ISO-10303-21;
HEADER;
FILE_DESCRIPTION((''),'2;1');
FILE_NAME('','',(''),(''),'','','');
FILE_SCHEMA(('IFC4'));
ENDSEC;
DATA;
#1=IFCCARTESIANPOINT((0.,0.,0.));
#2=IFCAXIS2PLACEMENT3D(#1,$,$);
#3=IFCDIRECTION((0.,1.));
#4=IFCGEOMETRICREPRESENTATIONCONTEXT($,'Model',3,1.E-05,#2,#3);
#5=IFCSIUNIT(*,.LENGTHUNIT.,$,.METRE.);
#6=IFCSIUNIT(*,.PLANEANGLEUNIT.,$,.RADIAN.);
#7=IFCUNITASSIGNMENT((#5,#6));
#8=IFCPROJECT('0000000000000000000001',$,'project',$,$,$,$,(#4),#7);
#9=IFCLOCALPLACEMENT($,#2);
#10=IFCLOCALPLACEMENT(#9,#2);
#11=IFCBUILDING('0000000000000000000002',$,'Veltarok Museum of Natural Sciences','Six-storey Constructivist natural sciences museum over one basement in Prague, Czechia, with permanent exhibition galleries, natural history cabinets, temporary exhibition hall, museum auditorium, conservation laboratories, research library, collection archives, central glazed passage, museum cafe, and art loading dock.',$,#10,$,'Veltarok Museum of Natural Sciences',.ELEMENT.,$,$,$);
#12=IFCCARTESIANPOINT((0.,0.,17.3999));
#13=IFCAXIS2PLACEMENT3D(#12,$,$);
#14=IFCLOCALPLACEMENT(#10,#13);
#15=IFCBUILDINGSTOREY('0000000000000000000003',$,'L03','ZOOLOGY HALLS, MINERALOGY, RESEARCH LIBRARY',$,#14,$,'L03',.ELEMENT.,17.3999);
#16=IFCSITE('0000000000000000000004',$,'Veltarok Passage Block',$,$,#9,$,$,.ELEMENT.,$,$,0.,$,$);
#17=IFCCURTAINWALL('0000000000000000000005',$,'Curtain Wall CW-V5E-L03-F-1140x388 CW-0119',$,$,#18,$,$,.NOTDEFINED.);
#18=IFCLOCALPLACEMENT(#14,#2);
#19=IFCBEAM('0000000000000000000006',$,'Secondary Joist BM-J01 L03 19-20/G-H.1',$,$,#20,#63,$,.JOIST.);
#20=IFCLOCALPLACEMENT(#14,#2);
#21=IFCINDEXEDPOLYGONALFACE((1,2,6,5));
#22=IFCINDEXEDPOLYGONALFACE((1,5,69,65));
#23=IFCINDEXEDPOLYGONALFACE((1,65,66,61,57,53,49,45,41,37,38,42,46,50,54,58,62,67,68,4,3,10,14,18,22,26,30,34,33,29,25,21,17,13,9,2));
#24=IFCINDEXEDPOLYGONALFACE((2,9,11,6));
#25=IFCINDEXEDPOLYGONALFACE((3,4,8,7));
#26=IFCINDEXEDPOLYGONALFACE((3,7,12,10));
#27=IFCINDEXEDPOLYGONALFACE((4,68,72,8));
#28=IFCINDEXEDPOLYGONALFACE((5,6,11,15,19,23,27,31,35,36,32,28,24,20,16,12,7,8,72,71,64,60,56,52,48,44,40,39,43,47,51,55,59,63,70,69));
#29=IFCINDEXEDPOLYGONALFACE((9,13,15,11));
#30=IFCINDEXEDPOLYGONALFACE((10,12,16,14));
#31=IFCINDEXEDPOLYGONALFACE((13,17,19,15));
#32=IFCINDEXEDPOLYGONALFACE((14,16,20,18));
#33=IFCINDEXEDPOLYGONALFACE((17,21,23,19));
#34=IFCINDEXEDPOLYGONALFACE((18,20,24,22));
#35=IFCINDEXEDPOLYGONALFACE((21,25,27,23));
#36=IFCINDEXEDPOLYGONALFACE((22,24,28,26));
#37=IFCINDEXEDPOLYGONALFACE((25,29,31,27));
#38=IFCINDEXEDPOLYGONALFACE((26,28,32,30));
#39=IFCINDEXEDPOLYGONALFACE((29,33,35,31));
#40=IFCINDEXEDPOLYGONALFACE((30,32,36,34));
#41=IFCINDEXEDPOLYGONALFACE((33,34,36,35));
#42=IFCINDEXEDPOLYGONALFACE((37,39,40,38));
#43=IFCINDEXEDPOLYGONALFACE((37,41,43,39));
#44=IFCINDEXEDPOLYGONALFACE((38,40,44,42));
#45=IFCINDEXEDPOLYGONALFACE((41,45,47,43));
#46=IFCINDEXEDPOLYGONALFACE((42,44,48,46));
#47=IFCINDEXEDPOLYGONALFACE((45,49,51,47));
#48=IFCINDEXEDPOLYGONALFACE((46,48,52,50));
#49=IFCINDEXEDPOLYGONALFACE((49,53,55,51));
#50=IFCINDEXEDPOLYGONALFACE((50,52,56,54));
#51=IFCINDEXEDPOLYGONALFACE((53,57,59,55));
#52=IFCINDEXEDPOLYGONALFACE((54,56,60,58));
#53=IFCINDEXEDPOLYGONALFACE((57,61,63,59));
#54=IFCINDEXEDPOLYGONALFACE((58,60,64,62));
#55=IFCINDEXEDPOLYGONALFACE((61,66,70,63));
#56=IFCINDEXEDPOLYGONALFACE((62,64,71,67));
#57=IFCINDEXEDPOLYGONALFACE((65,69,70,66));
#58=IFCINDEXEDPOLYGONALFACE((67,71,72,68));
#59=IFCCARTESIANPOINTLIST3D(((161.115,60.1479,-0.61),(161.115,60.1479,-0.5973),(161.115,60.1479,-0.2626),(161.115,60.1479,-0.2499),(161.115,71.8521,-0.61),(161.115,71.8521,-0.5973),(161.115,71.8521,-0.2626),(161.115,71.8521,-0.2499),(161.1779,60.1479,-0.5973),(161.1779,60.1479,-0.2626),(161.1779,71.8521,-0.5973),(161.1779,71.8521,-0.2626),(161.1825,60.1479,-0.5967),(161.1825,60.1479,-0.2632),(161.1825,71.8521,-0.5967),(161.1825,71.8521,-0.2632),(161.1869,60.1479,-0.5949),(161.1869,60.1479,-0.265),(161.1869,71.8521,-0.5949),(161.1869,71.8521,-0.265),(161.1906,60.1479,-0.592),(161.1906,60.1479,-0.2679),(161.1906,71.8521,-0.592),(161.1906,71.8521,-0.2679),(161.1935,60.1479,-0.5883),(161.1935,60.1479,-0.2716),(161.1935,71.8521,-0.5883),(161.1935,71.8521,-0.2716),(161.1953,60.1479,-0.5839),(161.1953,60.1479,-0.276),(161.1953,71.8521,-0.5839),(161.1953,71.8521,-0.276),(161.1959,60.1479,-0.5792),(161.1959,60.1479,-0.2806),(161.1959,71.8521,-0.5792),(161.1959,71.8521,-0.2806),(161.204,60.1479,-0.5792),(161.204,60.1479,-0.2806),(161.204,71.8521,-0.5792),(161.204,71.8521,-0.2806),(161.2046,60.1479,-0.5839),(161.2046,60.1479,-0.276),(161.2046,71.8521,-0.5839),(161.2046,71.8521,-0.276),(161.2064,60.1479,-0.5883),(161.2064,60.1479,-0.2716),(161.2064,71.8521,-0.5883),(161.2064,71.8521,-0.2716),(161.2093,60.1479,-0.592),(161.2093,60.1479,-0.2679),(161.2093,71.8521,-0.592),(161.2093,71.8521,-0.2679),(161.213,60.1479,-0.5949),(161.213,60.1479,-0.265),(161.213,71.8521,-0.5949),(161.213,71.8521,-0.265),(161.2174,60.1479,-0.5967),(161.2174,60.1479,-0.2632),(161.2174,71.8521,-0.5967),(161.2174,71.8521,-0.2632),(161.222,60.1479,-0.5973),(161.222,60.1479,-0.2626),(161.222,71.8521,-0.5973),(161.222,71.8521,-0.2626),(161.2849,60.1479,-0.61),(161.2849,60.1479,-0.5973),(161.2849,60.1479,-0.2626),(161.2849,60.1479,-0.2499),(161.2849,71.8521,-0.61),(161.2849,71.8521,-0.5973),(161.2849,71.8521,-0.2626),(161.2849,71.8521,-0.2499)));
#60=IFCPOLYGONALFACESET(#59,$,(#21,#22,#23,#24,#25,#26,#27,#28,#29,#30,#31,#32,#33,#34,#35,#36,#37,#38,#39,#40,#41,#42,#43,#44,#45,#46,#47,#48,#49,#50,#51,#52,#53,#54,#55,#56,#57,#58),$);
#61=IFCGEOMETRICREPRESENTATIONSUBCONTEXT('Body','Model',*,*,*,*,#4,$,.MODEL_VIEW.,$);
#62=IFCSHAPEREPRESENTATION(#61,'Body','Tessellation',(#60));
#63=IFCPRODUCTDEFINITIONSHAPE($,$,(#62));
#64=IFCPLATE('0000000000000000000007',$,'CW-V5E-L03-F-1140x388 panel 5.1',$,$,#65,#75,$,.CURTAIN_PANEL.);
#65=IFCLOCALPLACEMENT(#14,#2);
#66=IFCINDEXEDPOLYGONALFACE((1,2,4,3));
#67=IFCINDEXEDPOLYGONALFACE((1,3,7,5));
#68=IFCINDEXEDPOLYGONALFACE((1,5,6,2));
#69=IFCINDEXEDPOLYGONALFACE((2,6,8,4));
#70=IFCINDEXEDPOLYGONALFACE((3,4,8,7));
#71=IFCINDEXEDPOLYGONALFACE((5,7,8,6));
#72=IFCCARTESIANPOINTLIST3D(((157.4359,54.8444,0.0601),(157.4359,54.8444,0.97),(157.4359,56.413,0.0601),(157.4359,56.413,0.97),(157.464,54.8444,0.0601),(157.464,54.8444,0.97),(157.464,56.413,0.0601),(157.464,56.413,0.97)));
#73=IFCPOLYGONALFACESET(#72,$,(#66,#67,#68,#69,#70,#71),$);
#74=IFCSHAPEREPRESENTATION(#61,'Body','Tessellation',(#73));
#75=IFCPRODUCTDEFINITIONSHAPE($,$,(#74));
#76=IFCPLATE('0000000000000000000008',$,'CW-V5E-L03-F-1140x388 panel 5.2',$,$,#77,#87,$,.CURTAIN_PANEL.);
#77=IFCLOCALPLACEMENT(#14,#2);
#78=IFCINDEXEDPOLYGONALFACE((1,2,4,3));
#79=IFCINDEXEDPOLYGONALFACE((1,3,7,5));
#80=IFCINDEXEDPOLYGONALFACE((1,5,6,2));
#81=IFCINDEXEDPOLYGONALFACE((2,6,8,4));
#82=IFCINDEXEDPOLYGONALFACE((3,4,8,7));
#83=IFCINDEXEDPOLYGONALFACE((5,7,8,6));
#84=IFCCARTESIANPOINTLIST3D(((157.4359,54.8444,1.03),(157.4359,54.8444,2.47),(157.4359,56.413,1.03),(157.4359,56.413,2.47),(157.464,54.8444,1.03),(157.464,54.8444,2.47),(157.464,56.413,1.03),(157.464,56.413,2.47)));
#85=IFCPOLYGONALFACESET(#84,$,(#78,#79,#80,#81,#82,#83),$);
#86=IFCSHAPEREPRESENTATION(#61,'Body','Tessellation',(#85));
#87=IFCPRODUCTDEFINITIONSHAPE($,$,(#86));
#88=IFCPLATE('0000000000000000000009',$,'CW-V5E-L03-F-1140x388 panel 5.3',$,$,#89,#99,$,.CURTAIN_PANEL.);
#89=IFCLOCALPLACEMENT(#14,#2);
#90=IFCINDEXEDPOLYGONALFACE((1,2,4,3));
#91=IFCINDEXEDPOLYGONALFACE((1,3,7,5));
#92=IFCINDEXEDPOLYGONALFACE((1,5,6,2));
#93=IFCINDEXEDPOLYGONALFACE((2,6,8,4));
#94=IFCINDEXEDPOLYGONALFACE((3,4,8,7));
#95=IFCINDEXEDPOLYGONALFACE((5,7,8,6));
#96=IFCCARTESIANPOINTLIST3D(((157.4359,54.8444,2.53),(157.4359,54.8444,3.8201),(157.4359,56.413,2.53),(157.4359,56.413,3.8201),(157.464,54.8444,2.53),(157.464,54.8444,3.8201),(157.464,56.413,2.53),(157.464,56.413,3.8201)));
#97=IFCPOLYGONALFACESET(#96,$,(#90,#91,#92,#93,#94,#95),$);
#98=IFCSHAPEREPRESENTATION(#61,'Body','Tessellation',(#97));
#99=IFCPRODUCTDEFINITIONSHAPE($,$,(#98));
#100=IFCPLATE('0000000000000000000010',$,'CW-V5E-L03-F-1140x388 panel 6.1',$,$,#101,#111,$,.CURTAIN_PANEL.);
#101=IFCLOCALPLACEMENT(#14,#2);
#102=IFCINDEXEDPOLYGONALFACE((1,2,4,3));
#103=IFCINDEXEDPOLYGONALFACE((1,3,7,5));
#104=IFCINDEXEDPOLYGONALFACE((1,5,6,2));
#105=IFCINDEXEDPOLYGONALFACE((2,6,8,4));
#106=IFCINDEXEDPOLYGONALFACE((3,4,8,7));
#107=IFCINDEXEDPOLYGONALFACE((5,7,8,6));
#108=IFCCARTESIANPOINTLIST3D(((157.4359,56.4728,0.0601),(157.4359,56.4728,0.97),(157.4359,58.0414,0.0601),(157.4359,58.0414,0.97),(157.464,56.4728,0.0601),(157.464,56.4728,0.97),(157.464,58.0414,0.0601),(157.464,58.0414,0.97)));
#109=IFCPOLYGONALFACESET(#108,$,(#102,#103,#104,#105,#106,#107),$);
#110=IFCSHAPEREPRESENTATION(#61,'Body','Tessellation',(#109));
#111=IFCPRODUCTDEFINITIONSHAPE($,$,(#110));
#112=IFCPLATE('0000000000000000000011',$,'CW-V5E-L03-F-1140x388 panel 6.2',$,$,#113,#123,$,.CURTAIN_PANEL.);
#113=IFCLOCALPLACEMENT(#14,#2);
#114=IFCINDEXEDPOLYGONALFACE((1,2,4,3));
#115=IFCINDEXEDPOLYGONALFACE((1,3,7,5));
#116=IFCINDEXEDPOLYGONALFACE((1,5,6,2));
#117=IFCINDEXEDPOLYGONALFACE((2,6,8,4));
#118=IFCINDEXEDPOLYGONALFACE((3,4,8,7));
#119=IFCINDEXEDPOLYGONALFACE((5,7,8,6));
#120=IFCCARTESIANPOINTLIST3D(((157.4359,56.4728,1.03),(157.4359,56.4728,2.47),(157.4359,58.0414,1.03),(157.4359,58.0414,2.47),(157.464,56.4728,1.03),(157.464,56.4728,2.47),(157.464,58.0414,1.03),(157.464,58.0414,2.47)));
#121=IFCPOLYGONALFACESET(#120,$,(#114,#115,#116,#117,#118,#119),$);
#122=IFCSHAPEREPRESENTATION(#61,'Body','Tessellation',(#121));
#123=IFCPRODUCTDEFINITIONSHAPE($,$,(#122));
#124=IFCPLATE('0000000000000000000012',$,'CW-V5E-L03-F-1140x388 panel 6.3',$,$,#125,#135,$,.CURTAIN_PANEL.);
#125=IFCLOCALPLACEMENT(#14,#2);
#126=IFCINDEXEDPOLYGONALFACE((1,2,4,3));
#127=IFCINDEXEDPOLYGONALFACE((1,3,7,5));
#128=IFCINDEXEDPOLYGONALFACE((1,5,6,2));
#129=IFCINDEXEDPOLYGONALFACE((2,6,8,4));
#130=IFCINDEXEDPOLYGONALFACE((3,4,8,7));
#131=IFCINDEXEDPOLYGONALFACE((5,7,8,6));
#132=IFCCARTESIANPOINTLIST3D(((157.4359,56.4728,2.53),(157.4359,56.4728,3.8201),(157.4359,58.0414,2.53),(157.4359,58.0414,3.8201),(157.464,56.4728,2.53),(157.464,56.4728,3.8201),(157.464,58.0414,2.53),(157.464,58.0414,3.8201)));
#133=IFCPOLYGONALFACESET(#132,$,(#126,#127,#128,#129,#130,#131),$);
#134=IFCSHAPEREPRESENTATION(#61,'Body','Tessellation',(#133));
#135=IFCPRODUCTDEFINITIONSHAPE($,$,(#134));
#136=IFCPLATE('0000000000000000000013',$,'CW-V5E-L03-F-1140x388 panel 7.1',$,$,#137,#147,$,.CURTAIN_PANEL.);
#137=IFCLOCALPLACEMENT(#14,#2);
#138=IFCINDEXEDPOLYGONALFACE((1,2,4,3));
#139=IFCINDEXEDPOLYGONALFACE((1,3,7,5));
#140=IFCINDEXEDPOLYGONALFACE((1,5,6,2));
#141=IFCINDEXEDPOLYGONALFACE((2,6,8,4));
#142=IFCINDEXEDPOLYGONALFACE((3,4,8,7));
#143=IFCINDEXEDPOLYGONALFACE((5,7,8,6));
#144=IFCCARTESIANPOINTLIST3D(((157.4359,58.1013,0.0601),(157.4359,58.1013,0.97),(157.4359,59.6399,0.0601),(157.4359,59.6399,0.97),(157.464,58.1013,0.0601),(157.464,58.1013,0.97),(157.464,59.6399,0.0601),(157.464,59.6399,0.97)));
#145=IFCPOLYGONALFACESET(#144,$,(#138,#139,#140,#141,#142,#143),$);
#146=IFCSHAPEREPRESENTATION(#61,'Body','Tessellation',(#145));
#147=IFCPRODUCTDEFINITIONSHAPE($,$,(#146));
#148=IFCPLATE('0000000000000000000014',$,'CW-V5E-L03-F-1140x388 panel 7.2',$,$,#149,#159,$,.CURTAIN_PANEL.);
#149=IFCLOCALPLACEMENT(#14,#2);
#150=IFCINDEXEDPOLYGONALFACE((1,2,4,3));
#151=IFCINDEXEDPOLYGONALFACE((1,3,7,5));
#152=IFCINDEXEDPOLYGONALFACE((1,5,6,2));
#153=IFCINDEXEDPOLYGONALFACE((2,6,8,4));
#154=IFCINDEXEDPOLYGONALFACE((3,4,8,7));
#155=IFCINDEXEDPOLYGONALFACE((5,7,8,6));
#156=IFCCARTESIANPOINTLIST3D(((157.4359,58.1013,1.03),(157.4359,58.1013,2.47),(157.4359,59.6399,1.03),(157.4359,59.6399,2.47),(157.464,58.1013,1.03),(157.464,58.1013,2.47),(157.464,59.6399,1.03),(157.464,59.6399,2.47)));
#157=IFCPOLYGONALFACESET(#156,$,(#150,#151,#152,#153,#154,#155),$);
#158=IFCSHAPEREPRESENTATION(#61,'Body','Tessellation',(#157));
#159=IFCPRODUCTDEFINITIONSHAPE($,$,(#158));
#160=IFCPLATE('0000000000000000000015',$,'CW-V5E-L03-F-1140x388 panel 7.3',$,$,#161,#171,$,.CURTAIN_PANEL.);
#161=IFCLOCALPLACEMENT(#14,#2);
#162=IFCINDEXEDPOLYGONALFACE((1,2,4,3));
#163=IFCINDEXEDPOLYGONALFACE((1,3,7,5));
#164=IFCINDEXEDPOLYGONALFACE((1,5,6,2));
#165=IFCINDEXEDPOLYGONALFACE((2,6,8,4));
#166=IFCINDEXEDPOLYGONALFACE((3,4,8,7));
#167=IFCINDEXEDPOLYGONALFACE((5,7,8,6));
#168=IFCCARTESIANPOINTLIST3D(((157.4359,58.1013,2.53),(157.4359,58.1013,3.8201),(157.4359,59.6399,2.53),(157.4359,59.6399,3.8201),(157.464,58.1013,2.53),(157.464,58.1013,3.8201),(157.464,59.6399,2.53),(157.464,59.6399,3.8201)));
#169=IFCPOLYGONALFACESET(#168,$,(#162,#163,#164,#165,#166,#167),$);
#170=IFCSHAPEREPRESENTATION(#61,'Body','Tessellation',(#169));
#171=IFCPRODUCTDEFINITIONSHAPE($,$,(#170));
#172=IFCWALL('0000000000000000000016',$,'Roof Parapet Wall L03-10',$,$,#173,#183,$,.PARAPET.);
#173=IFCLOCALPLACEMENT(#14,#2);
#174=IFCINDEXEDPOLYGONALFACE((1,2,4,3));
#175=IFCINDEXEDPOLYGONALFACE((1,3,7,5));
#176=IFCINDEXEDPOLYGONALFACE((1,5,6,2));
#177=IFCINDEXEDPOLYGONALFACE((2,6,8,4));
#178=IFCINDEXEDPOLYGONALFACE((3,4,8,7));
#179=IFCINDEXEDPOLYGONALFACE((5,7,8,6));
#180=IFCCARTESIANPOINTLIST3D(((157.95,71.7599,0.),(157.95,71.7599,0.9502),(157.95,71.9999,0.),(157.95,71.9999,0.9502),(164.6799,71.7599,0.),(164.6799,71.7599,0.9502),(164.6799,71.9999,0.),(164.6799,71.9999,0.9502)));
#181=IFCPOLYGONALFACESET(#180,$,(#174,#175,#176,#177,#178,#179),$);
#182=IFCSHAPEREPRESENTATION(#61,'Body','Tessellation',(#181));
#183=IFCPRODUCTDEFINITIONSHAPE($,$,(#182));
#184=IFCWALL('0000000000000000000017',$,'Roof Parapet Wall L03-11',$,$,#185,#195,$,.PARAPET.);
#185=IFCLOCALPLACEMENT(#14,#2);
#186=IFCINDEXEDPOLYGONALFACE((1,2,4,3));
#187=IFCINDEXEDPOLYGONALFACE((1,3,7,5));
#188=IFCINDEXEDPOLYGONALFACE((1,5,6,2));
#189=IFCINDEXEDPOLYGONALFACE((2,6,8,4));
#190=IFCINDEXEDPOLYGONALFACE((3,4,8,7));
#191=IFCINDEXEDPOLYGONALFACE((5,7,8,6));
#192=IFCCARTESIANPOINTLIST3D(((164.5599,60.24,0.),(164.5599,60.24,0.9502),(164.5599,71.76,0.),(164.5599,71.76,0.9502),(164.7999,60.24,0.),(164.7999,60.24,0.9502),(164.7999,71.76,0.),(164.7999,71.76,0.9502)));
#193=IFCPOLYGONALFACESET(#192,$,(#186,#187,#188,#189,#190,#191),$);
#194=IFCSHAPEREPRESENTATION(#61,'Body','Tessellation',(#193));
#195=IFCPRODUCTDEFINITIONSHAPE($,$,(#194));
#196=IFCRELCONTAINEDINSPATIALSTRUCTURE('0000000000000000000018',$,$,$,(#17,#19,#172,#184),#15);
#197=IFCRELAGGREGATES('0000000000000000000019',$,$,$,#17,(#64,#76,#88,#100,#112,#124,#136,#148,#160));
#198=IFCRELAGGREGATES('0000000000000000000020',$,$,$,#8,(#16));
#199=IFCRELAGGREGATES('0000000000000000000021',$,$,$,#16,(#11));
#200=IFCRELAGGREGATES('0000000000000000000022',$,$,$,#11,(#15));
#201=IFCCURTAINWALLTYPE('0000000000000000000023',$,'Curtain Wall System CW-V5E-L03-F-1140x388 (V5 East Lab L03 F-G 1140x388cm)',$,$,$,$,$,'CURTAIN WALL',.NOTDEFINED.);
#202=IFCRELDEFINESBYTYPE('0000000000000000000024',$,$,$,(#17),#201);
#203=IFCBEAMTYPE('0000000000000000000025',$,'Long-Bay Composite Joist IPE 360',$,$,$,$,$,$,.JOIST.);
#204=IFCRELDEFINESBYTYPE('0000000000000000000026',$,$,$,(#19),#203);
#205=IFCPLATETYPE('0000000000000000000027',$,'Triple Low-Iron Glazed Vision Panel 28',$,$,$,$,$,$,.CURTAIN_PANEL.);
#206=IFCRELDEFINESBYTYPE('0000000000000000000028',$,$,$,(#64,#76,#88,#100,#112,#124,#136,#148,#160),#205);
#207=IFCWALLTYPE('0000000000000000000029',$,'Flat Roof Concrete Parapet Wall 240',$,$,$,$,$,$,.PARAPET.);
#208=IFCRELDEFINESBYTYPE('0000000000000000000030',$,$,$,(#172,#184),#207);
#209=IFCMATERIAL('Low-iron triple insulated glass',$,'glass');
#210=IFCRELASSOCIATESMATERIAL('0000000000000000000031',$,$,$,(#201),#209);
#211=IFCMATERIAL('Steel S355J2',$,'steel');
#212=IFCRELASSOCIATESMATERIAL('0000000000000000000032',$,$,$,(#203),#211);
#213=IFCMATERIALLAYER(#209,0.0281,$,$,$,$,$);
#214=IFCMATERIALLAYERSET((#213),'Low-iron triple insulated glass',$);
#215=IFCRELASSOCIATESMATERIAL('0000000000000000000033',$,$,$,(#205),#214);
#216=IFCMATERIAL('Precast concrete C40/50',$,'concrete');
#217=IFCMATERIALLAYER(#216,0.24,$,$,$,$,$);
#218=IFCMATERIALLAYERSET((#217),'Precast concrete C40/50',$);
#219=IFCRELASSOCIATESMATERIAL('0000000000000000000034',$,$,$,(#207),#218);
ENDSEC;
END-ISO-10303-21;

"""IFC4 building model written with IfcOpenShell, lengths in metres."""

from ifc_helpers import new_model, si_unit, direction, frame, frame_2d, origin, origin_2d, place, context, subcontext, project, spatial, rectangle, i_section, extrude, material, layer, layer_set, material_profile, profile_set, type_object, element, aggregate, save


model = new_model("IFC4")

# Units and contexts
model_context = context("Model", 3, precision=1e-05, world=origin(), true_north=direction((0.0, 1.0)))
body_context = subcontext(model_context, "Body", "Model", "MODEL_VIEW")
ifc_project = project(units=[si_unit("LENGTHUNIT", "METRE"), si_unit("PLANEANGLEUNIT", "RADIAN")], contexts=[model_context])

# Site, building, storey
site_placement = place(None, origin())
site = spatial("IfcSite", under=ifc_project, at=site_placement, Name="Veltarok Passage Block", CompositionType="ELEMENT", RefElevation=0.0)
building_placement = place(site_placement, origin())
building = spatial("IfcBuilding", under=site, at=building_placement, Name="Veltarok Museum of Natural Sciences", Description="Six-storey Constructivist natural sciences museum over one basement in Prague, Czechia, with permanent exhibition galleries, natural history cabinets, temporary exhibition hall, museum auditorium, conservation laboratories, research library, collection archives, central glazed passage, museum cafe, and art loading dock.", LongName="Veltarok Museum of Natural Sciences", CompositionType="ELEMENT")
storey_placement = place(building_placement, frame((0.0, 0.0, 17.3999)))
storey = spatial("IfcBuildingStorey", under=building, at=storey_placement, Name="L03", Description="ZOOLOGY HALLS, MINERALOGY, RESEARCH LIBRARY", LongName="L03", CompositionType="ELEMENT", Elevation=17.3999)

# Shared definitions
ifc_material_1 = material(Name="Steel S355J2", Category="steel")

# Curtain wall
ifc_material_2 = material(Name="Low-iron triple insulated glass", Category="glass")
curtain_wall_type = type_object("IfcCurtainWallType", Name="Curtain Wall System CW-V5E-L03-F-1140x388 (V5 East Lab L03 F-G 1140x388cm)", ElementType="CURTAIN WALL", PredefinedType="NOTDEFINED", material=ifc_material_2)
curtain_wall_placement = place(storey_placement, origin())
curtain_wall = element("IfcCurtainWall", 1, at=curtain_wall_placement, inside=storey, type_object=curtain_wall_type, Name="Curtain Wall CW-V5E-L03-F-1140x388 CW-0119", PredefinedType="NOTDEFINED")

# Beam
ifc_material_3 = material(Name="Precast concrete C40/50", Category="concrete")
ifc_material_profile_1 = material_profile(ifc_material_1, i_section(OverallWidth=0.1699, OverallDepth=0.3601, WebThickness=0.0081, FlangeThickness=0.0127, FilletRadius=0.0181, at=origin_2d()), Name="IPE 360")
ifc_profile_set_1 = profile_set([ifc_material_profile_1], Name="Steel S355J2")
beam_type_1 = type_object("IfcBeamType", Name="Long-Bay Composite Joist IPE 360", PredefinedType="JOIST", material=ifc_profile_set_1)
beam_placement = place(storey_placement, frame((161.2, 60.1479, -0.4299), z_axis=(0.0, 1.0, 0.0), x_axis=(-1.0, 0.0, 0.0)))
element("IfcBeam", 2, at=beam_placement, inside=storey, type_object=beam_type_1, Name="Secondary Joist BM-J01 L03 19-20/G-H.1", PredefinedType="JOIST", context=body_context, shape_type="SweptSolid", body=[
    extrude(i_section(OverallWidth=0.1699, OverallDepth=0.3601, WebThickness=0.0081, FlangeThickness=0.0127, FilletRadius=0.0181, at=origin_2d()), origin(), (0.0, 0.0, 1.0), 11.7041),
])

# Plates
ifc_layer_1 = layer(ifc_material_2, 0.0281)
ifc_layer_set_1 = layer_set([ifc_layer_1], Name="Low-iron triple insulated glass")
plate_type = type_object("IfcPlateType", Name="Triple Low-Iron Glazed Vision Panel 28", PredefinedType="CURTAIN_PANEL", material=ifc_layer_set_1)
plate_1_placement = place(storey_placement, frame((157.45, 55.6287, 0.0601), z_axis=(0.0, 0.0, 1.0), x_axis=(0.0, 1.0, 0.0)))
plate_1 = element("IfcPlate", 3, at=plate_1_placement, type_object=plate_type, Name="CW-V5E-L03-F-1140x388 panel 5.1", PredefinedType="CURTAIN_PANEL", context=body_context, shape_type="SweptSolid", body=[
    extrude(rectangle(XDim=1.5686, YDim=0.0281, at=origin_2d()), origin(), (0.0, 0.0, 1.0), 0.9099),
])
plate_2_placement = place(storey_placement, frame((157.45, 55.6287, 1.03), z_axis=(0.0, 0.0, 1.0), x_axis=(0.0, 1.0, 0.0)))
plate_2 = element("IfcPlate", 4, at=plate_2_placement, type_object=plate_type, Name="CW-V5E-L03-F-1140x388 panel 5.2", PredefinedType="CURTAIN_PANEL", context=body_context, shape_type="SweptSolid", body=[
    extrude(rectangle(XDim=1.5686, YDim=0.0281, at=origin_2d()), origin(), (0.0, 0.0, 1.0), 1.4399),
])
plate_3_placement = place(storey_placement, frame((157.45, 55.6287, 2.53), z_axis=(0.0, 0.0, 1.0), x_axis=(0.0, 1.0, 0.0)))
plate_3 = element("IfcPlate", 5, at=plate_3_placement, type_object=plate_type, Name="CW-V5E-L03-F-1140x388 panel 5.3", PredefinedType="CURTAIN_PANEL", context=body_context, shape_type="SweptSolid", body=[
    extrude(rectangle(XDim=1.5686, YDim=0.0281, at=origin_2d()), origin(), (0.0, 0.0, 1.0), 1.29),
])
plate_4_placement = place(storey_placement, frame((157.45, 57.2571, 0.0601), z_axis=(0.0, 0.0, 1.0), x_axis=(0.0, 1.0, 0.0)))
plate_4 = element("IfcPlate", 6, at=plate_4_placement, type_object=plate_type, Name="CW-V5E-L03-F-1140x388 panel 6.1", PredefinedType="CURTAIN_PANEL", context=body_context, shape_type="SweptSolid", body=[
    extrude(rectangle(XDim=1.5686, YDim=0.0281, at=origin_2d()), origin(), (0.0, 0.0, 1.0), 0.9099),
])
plate_5_placement = place(storey_placement, frame((157.45, 57.2571, 1.03), z_axis=(0.0, 0.0, 1.0), x_axis=(0.0, 1.0, 0.0)))
plate_5 = element("IfcPlate", 7, at=plate_5_placement, type_object=plate_type, Name="CW-V5E-L03-F-1140x388 panel 6.2", PredefinedType="CURTAIN_PANEL", context=body_context, shape_type="SweptSolid", body=[
    extrude(rectangle(XDim=1.5686, YDim=0.0281, at=origin_2d()), origin(), (0.0, 0.0, 1.0), 1.4399),
])
plate_6_placement = place(storey_placement, frame((157.45, 57.2571, 2.53), z_axis=(0.0, 0.0, 1.0), x_axis=(0.0, 1.0, 0.0)))
plate_6 = element("IfcPlate", 8, at=plate_6_placement, type_object=plate_type, Name="CW-V5E-L03-F-1140x388 panel 6.3", PredefinedType="CURTAIN_PANEL", context=body_context, shape_type="SweptSolid", body=[
    extrude(rectangle(XDim=1.5686, YDim=0.0281, at=origin_2d()), origin(), (0.0, 0.0, 1.0), 1.29),
])
plate_7_placement = place(storey_placement, frame((157.45, 58.8706, 0.0601), z_axis=(0.0, 0.0, 1.0), x_axis=(0.0, 1.0, 0.0)))
plate_7 = element("IfcPlate", 9, at=plate_7_placement, type_object=plate_type, Name="CW-V5E-L03-F-1140x388 panel 7.1", PredefinedType="CURTAIN_PANEL", context=body_context, shape_type="SweptSolid", body=[
    extrude(rectangle(XDim=1.5386, YDim=0.0281, at=origin_2d()), origin(), (0.0, 0.0, 1.0), 0.9099),
])
plate_8_placement = place(storey_placement, frame((157.45, 58.8706, 1.03), z_axis=(0.0, 0.0, 1.0), x_axis=(0.0, 1.0, 0.0)))
plate_8 = element("IfcPlate", 10, at=plate_8_placement, type_object=plate_type, Name="CW-V5E-L03-F-1140x388 panel 7.2", PredefinedType="CURTAIN_PANEL", context=body_context, shape_type="SweptSolid", body=[
    extrude(rectangle(XDim=1.5386, YDim=0.0281, at=origin_2d()), origin(), (0.0, 0.0, 1.0), 1.4399),
])
plate_9_placement = place(storey_placement, frame((157.45, 58.8706, 2.53), z_axis=(0.0, 0.0, 1.0), x_axis=(0.0, 1.0, 0.0)))
plate_9 = element("IfcPlate", 11, at=plate_9_placement, type_object=plate_type, Name="CW-V5E-L03-F-1140x388 panel 7.3", PredefinedType="CURTAIN_PANEL", context=body_context, shape_type="SweptSolid", body=[
    extrude(rectangle(XDim=1.5386, YDim=0.0281, at=origin_2d()), origin(), (0.0, 0.0, 1.0), 1.29),
])
aggregate(curtain_wall, [plate_1, plate_2, plate_3, plate_4, plate_5, plate_6, plate_7, plate_8, plate_9])

# Walls
ifc_layer_2 = layer(ifc_material_3, 0.24)
ifc_layer_set_2 = layer_set([ifc_layer_2], Name="Precast concrete C40/50")
wall_type = type_object("IfcWallType", Name="Flat Roof Concrete Parapet Wall 240", PredefinedType="PARAPET", material=ifc_layer_set_2)
wall_1_placement = place(storey_placement, frame((157.95, 71.8799, 0.0), z_axis=(0.0, 0.0, 1.0), x_axis=(1.0, 0.0, 0.0)))
element("IfcWall", 12, at=wall_1_placement, inside=storey, type_object=wall_type, Name="Roof Parapet Wall L03-10", PredefinedType="PARAPET", context=body_context, shape_type="SweptSolid", body=[
    extrude(rectangle(XDim=6.73, YDim=0.24, at=frame_2d((3.365, 0.0))), origin(), (0.0, 0.0, 1.0), 0.9502),
])
wall_2_placement = place(storey_placement, frame((164.6799, 60.24, 0.0), z_axis=(0.0, 0.0, 1.0), x_axis=(0.0, 1.0, 0.0)))
element("IfcWall", 13, at=wall_2_placement, inside=storey, type_object=wall_type, Name="Roof Parapet Wall L03-11", PredefinedType="PARAPET", context=body_context, shape_type="SweptSolid", body=[
    extrude(rectangle(XDim=11.52, YDim=0.24, at=frame_2d((5.76, 0.0))), origin(), (0.0, 0.0, 1.0), 0.9502),
])

save(model, "model.ifc")
